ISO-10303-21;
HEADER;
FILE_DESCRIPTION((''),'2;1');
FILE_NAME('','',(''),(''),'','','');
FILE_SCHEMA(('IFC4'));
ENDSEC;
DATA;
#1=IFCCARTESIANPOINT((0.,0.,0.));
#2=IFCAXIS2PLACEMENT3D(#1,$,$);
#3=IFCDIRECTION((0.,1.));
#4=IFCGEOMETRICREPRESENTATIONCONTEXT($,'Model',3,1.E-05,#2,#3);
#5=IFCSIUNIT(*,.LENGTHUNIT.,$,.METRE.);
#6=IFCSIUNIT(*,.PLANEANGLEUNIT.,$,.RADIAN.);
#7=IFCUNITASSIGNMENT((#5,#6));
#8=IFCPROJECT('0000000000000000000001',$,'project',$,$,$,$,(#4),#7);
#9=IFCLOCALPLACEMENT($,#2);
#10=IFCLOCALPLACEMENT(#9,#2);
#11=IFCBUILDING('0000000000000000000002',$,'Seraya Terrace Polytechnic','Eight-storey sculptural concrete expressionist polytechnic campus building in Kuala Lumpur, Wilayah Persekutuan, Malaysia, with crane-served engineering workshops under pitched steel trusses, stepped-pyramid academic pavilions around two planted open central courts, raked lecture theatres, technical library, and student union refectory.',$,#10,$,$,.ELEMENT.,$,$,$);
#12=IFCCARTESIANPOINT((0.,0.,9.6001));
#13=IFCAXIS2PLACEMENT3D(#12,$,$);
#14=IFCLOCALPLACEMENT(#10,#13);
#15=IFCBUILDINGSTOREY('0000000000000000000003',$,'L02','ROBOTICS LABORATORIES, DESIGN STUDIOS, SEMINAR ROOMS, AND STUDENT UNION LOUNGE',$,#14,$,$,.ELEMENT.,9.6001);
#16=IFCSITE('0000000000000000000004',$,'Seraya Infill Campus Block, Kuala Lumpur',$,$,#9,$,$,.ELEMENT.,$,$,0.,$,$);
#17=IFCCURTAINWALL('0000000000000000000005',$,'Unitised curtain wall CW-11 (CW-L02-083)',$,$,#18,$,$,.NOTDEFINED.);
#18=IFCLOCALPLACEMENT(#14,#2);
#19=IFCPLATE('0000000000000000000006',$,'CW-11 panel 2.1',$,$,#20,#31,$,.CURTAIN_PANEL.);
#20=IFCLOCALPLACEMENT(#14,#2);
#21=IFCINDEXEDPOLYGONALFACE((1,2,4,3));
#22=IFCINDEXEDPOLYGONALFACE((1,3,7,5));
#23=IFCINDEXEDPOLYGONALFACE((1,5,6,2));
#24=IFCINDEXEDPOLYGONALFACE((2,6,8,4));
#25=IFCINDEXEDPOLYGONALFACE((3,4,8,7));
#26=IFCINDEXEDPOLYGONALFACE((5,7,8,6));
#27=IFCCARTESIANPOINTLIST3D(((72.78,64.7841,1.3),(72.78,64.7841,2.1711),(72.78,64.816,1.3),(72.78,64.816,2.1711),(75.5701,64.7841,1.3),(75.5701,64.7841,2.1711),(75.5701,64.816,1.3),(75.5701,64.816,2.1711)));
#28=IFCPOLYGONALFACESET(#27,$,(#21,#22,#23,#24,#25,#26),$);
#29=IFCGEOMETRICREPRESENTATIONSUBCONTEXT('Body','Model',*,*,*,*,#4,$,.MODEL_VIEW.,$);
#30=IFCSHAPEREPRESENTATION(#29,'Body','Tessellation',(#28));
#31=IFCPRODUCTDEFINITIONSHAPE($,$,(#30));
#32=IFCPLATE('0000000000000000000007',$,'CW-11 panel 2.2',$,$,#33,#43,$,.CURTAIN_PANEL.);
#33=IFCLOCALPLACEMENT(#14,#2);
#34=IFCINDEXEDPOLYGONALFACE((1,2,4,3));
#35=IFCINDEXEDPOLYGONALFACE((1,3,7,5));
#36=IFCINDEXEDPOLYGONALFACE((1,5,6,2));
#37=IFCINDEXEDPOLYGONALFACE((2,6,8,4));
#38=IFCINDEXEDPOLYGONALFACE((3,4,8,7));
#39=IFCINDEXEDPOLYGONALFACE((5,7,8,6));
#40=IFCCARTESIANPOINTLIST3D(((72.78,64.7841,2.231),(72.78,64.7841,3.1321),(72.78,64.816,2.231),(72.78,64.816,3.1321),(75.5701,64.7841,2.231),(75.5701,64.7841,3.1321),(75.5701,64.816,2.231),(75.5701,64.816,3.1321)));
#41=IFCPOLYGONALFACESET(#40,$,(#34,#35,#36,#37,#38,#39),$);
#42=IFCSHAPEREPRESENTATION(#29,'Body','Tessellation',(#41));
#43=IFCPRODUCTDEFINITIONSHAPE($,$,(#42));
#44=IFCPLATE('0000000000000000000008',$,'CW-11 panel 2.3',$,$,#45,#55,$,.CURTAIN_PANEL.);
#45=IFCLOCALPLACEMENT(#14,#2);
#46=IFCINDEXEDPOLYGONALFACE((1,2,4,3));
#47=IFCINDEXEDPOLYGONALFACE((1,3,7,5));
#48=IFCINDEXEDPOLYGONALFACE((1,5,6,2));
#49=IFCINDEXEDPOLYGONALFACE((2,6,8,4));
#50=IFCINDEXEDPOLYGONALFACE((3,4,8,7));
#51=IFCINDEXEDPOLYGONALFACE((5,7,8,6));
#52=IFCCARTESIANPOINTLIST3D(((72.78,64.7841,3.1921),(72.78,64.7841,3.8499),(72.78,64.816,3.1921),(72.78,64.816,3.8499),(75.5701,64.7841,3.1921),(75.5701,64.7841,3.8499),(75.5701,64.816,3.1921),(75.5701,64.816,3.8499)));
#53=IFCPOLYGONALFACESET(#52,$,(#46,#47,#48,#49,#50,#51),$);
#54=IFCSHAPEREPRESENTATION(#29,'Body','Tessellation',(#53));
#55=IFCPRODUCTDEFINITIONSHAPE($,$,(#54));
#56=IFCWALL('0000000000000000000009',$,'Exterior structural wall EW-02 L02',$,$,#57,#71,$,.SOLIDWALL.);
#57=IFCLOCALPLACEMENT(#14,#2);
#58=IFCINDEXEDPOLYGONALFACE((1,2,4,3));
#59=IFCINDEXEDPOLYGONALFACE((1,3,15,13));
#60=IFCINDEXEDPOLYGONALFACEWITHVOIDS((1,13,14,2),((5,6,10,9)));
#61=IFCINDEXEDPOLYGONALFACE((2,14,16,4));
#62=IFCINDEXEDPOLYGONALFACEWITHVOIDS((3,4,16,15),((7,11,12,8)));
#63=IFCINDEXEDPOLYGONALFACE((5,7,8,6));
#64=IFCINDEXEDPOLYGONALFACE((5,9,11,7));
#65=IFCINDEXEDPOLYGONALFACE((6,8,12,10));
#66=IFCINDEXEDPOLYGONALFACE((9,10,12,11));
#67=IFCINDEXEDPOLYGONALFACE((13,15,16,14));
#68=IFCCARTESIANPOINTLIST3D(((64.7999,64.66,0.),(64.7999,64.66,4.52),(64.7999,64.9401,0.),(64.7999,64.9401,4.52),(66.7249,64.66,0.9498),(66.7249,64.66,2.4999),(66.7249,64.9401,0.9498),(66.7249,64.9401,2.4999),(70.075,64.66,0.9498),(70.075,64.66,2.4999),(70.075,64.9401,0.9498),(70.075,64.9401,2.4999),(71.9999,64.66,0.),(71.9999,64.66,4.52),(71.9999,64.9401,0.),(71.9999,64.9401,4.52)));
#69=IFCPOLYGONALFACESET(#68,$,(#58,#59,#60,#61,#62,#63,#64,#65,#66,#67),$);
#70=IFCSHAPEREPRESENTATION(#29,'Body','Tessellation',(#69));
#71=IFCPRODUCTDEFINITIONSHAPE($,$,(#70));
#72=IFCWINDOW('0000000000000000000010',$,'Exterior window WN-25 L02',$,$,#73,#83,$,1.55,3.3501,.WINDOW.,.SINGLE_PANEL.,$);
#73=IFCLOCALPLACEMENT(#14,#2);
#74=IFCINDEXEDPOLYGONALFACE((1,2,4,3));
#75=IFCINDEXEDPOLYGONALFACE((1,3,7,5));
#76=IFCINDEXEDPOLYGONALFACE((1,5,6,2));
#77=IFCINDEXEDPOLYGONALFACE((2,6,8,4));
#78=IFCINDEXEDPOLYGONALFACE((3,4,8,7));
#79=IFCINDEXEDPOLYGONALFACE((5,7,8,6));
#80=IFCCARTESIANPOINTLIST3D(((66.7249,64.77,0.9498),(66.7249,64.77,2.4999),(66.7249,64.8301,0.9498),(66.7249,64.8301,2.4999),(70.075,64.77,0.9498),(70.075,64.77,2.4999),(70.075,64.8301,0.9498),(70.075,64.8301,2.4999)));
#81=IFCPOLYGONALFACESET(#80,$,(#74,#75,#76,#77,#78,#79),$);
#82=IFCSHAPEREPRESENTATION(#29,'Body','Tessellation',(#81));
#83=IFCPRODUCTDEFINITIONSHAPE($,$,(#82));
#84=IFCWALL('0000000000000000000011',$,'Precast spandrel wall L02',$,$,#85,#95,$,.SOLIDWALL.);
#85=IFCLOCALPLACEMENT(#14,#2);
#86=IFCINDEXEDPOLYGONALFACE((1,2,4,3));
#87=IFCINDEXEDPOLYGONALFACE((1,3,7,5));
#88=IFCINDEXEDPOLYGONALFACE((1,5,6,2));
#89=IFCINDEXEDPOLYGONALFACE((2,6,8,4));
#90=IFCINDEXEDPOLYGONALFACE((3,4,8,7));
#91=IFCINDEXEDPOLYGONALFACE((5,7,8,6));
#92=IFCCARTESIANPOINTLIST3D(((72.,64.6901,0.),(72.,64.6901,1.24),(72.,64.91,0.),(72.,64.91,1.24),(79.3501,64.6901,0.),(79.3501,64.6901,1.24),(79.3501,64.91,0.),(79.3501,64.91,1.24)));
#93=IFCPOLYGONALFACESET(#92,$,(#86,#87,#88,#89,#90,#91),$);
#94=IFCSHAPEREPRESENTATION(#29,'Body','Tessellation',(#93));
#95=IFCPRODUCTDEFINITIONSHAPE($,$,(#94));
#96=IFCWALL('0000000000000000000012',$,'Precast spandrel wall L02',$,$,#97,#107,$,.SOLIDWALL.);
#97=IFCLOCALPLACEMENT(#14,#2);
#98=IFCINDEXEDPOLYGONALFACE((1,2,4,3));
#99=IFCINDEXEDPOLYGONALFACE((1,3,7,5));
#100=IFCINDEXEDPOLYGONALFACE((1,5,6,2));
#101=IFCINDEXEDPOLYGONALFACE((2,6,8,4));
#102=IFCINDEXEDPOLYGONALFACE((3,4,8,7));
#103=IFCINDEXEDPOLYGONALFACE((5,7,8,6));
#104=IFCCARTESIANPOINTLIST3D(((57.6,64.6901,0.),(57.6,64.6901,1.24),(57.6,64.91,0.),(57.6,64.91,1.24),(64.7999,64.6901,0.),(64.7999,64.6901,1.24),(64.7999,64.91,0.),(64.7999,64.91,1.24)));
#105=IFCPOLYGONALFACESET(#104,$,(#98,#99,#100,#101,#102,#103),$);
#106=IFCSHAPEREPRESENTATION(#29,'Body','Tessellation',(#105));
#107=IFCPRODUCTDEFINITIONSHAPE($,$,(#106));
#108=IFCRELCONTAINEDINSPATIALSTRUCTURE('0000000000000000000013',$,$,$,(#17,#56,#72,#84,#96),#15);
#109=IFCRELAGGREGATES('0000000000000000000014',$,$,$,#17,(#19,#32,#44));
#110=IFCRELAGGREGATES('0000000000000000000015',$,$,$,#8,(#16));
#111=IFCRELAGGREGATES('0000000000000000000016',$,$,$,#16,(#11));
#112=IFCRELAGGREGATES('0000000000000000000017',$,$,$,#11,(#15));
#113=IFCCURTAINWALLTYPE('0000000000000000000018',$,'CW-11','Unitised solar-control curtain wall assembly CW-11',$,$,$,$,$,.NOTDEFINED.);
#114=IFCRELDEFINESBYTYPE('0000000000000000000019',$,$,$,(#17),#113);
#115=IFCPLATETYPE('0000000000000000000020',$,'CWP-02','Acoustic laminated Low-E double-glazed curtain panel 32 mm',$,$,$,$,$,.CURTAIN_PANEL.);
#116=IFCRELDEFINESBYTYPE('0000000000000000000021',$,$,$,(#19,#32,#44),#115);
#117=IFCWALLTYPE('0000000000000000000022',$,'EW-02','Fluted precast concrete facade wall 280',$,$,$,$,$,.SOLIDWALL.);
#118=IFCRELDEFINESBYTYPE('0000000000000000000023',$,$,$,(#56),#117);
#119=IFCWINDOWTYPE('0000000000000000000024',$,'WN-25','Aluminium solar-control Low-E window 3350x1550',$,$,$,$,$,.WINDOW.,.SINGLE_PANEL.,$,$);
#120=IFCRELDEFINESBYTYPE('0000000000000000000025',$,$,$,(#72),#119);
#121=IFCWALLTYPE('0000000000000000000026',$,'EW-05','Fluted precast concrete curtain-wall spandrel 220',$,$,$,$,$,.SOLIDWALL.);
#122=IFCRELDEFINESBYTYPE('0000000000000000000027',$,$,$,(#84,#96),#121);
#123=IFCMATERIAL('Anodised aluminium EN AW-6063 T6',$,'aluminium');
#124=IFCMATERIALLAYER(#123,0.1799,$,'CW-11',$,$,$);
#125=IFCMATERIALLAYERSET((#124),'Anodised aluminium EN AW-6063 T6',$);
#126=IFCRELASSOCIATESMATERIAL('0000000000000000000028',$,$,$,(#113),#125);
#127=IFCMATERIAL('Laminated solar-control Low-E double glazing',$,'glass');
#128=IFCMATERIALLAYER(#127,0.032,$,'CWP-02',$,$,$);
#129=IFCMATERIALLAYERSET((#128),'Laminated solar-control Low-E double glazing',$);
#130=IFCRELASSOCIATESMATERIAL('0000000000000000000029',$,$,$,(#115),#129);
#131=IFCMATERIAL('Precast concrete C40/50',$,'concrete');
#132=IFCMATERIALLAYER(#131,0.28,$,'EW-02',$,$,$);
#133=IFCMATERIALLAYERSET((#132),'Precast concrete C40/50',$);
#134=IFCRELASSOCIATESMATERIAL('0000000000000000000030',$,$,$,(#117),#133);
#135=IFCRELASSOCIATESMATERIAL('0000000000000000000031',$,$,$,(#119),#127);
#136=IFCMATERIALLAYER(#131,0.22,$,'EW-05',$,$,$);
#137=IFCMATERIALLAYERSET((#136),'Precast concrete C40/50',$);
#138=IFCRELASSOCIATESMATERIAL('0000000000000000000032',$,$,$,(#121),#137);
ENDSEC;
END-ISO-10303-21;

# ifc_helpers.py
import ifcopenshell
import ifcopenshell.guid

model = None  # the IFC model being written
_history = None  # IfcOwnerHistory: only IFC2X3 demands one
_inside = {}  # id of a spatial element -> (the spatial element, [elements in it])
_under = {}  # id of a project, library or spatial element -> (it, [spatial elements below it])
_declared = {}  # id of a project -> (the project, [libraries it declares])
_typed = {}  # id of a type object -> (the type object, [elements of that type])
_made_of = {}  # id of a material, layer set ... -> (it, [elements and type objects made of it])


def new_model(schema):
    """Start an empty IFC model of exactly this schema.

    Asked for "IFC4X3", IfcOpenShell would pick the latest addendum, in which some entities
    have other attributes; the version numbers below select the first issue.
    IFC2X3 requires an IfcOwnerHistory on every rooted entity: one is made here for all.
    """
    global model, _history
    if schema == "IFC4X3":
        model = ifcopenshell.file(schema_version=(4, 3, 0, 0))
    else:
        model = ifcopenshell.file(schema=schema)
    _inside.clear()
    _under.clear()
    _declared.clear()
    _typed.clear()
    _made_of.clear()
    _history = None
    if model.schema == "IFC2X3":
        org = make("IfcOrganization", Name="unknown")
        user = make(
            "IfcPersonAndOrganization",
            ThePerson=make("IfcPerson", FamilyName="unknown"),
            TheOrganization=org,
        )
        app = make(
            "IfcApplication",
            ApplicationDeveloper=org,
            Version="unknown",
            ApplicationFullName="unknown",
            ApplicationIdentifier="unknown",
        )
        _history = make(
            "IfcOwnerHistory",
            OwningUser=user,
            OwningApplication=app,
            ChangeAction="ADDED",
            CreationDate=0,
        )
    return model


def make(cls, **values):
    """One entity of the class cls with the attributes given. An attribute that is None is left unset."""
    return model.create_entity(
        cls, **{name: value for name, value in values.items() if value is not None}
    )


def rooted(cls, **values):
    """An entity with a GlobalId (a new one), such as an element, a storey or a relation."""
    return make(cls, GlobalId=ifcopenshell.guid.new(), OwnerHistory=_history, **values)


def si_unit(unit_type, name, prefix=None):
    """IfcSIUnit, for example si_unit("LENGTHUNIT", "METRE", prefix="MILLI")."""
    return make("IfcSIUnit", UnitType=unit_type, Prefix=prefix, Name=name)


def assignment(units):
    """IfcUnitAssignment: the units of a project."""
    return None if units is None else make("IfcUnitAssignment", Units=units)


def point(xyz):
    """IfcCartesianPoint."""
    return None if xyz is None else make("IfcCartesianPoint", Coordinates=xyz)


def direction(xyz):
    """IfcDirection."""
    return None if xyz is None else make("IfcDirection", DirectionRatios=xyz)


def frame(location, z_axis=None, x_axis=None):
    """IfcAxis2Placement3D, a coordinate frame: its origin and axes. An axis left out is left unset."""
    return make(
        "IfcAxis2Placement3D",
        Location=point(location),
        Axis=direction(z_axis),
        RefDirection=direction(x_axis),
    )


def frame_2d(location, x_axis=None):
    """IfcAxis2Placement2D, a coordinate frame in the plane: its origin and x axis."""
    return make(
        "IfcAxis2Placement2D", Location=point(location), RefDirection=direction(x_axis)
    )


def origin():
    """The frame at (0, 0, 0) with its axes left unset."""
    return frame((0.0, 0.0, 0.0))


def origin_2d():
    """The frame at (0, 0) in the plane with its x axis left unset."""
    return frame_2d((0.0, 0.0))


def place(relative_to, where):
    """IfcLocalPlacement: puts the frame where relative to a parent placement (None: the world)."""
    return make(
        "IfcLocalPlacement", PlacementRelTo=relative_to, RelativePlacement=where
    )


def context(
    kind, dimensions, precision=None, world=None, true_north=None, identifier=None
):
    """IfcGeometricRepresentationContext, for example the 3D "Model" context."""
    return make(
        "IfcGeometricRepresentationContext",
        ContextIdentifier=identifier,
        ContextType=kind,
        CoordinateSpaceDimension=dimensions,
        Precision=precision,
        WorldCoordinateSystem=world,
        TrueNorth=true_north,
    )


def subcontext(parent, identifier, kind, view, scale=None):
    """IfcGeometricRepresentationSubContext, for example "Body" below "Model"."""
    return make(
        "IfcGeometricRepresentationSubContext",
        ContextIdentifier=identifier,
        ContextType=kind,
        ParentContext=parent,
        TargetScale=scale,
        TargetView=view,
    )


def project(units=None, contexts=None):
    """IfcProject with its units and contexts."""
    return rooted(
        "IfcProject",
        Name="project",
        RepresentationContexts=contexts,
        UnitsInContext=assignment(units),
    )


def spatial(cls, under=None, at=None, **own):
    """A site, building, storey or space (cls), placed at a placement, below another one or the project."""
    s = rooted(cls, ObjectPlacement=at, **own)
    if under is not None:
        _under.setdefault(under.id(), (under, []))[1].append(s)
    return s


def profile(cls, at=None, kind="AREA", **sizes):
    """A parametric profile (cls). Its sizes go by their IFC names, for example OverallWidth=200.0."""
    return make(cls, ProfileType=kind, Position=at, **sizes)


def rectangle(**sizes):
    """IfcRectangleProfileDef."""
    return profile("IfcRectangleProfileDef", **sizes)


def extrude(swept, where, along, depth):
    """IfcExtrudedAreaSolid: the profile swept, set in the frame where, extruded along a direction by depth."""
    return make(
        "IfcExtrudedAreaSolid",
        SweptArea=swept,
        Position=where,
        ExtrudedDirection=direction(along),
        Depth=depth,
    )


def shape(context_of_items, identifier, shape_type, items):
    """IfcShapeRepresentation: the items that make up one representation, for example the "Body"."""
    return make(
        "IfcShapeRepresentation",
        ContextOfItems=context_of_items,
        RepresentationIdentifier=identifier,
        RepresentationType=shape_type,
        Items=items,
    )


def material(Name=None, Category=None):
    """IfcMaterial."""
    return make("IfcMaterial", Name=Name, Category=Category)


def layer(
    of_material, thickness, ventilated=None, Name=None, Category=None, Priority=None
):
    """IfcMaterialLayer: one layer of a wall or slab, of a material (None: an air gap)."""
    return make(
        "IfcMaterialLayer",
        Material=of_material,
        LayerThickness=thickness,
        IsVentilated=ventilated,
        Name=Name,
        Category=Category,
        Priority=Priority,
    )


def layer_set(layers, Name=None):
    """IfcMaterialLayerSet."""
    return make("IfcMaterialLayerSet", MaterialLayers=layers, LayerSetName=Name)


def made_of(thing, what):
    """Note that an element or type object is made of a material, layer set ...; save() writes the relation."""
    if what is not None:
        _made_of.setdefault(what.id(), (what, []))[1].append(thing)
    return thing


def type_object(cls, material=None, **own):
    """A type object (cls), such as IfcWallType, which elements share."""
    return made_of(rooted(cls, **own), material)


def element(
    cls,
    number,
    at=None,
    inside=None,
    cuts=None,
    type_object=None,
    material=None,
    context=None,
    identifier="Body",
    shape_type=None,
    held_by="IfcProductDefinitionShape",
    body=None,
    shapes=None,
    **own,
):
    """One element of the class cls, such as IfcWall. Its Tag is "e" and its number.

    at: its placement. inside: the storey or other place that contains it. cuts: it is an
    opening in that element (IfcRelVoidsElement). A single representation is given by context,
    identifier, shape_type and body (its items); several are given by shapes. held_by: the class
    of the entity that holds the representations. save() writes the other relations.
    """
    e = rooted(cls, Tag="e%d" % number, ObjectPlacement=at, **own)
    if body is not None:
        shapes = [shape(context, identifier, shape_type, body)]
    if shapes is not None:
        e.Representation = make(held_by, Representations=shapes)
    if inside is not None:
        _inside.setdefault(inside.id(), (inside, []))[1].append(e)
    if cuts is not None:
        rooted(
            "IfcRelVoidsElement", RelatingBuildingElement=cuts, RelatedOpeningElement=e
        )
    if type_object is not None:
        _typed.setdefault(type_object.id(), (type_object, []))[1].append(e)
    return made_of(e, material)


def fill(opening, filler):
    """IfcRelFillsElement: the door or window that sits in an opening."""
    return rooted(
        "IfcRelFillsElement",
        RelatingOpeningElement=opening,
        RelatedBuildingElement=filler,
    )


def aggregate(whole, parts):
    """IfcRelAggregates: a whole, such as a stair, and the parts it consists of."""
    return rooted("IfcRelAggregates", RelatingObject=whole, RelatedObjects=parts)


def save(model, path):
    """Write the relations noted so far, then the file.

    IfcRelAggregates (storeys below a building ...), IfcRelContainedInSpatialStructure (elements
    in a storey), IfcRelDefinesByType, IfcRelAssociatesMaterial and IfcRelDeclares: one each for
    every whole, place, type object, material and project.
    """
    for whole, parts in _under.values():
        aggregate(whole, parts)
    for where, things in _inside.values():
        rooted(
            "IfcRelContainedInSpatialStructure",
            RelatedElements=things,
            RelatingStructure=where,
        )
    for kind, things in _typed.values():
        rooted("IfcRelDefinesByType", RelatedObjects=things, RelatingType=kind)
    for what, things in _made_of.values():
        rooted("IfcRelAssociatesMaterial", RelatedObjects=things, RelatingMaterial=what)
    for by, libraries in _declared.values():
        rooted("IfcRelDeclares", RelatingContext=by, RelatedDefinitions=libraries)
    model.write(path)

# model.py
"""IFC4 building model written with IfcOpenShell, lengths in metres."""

from ifc_helpers import new_model, si_unit, direction, frame, frame_2d, origin, origin_2d, place, context, subcontext, project, spatial, rectangle, extrude, material, layer, layer_set, type_object, element, fill, aggregate, save


model = new_model("IFC4")

# Units and contexts
model_context = context("Model", 3, precision=1e-05, world=origin(), true_north=direction((0.0, 1.0)))
body_context = subcontext(model_context, "Body", "Model", "MODEL_VIEW")
ifc_project = project(units=[si_unit("LENGTHUNIT", "METRE"), si_unit("PLANEANGLEUNIT", "RADIAN")], contexts=[model_context])

# Site, building, storey
site_placement = place(None, origin())
site = spatial("IfcSite", under=ifc_project, at=site_placement, Name="Seraya Infill Campus Block, Kuala Lumpur", CompositionType="ELEMENT", RefElevation=0.0)
building_placement = place(site_placement, origin())
building = spatial("IfcBuilding", under=site, at=building_placement, Name="Seraya Terrace Polytechnic", Description="Eight-storey sculptural concrete expressionist polytechnic campus building in Kuala Lumpur, Wilayah Persekutuan, Malaysia, with crane-served engineering workshops under pitched steel trusses, stepped-pyramid academic pavilions around two planted open central courts, raked lecture theatres, technical library, and student union refectory.", CompositionType="ELEMENT")
storey_placement = place(building_placement, frame((0.0, 0.0, 9.6001)))
storey = spatial("IfcBuildingStorey", under=building, at=storey_placement, Name="L02", Description="ROBOTICS LABORATORIES, DESIGN STUDIOS, SEMINAR ROOMS, AND STUDENT UNION LOUNGE", CompositionType="ELEMENT", Elevation=9.6001)

# Curtain wall
ifc_material_1 = material(Name="Anodised aluminium EN AW-6063 T6", Category="aluminium")
ifc_layer_1 = layer(ifc_material_1, 0.1799, Name="CW-11")
ifc_layer_set_1 = layer_set([ifc_layer_1], Name="Anodised aluminium EN AW-6063 T6")
curtain_wall_type = type_object("IfcCurtainWallType", Name="CW-11", Description="Unitised solar-control curtain wall assembly CW-11", PredefinedType="NOTDEFINED", material=ifc_layer_set_1)
curtain_wall_placement = place(storey_placement, origin())
curtain_wall = element("IfcCurtainWall", 1, at=curtain_wall_placement, inside=storey, type_object=curtain_wall_type, Name="Unitised curtain wall CW-11 (CW-L02-083)", PredefinedType="NOTDEFINED")

# Plates
ifc_material_2 = material(Name="Laminated solar-control Low-E double glazing", Category="glass")
ifc_layer_2 = layer(ifc_material_2, 0.032, Name="CWP-02")
ifc_layer_set_2 = layer_set([ifc_layer_2], Name="Laminated solar-control Low-E double glazing")
plate_type = type_object("IfcPlateType", Name="CWP-02", Description="Acoustic laminated Low-E double-glazed curtain panel 32 mm", PredefinedType="CURTAIN_PANEL", material=ifc_layer_set_2)
plate_1_placement = place(storey_placement, frame((74.175, 64.8, 1.3), z_axis=(0.0, 0.0, 1.0), x_axis=(-1.0, 0.0, 0.0)))
plate_1 = element("IfcPlate", 2, at=plate_1_placement, type_object=plate_type, Name="CW-11 panel 2.1", PredefinedType="CURTAIN_PANEL", context=body_context, shape_type="SweptSolid", body=[
    extrude(rectangle(XDim=2.79, YDim=0.032, at=origin_2d()), origin(), (0.0, 0.0, 1.0), 0.8711),
])
plate_2_placement = place(storey_placement, frame((74.175, 64.8, 2.231), z_axis=(0.0, 0.0, 1.0), x_axis=(-1.0, 0.0, 0.0)))
plate_2 = element("IfcPlate", 3, at=plate_2_placement, type_object=plate_type, Name="CW-11 panel 2.2", PredefinedType="CURTAIN_PANEL", context=body_context, shape_type="SweptSolid", body=[
    extrude(rectangle(XDim=2.79, YDim=0.032, at=origin_2d()), origin(), (0.0, 0.0, 1.0), 0.9011),
])
plate_3_placement = place(storey_placement, frame((74.175, 64.8, 3.1921), z_axis=(0.0, 0.0, 1.0), x_axis=(-1.0, 0.0, 0.0)))
plate_3 = element("IfcPlate", 4, at=plate_3_placement, type_object=plate_type, Name="CW-11 panel 2.3", PredefinedType="CURTAIN_PANEL", context=body_context, shape_type="SweptSolid", body=[
    extrude(rectangle(XDim=2.79, YDim=0.032, at=origin_2d()), origin(), (0.0, 0.0, 1.0), 0.6577),
])
aggregate(curtain_wall, [plate_1, plate_2, plate_3])

# Wall, opening, window
ifc_material_3 = material(Name="Precast concrete C40/50", Category="concrete")
ifc_layer_3 = layer(ifc_material_3, 0.28, Name="EW-02")
ifc_layer_set_3 = layer_set([ifc_layer_3], Name="Precast concrete C40/50")
wall_type_1 = type_object("IfcWallType", Name="EW-02", Description="Fluted precast concrete facade wall 280", PredefinedType="SOLIDWALL", material=ifc_layer_set_3)
wall_1_placement = place(storey_placement, frame((72.0, 64.8, 0.0), z_axis=(0.0, 0.0, 1.0), x_axis=(-1.0, 0.0, 0.0)))
wall_1 = element("IfcWall", 5, at=wall_1_placement, inside=storey, type_object=wall_type_1, Name="Exterior structural wall EW-02 L02", PredefinedType="SOLIDWALL", context=body_context, shape_type="SweptSolid", body=[
    extrude(rectangle(XDim=7.2, YDim=0.28, at=frame_2d((3.6001, 0.0))), origin(), (0.0, 0.0, 1.0), 4.52),
])
opening_placement = place(wall_1_placement, frame((1.925, 0.0, 0.95)))
opening = element("IfcOpeningElement", 6, at=opening_placement, cuts=wall_1, PredefinedType="OPENING", context=body_context, shape_type="SweptSolid", body=[
    extrude(rectangle(XDim=3.3501, YDim=1.55, at=frame_2d((1.675, 0.7749))), frame((0.0, 0.1519, 0.0), z_axis=(0.0, -1.0, 0.0), x_axis=(1.0, 0.0, 0.0)), (0.0, 0.0, 1.0), 0.304),
])
window_type = type_object("IfcWindowType", Name="WN-25", Description="Aluminium solar-control Low-E window 3350x1550", PartitioningType="SINGLE_PANEL", PredefinedType="WINDOW", material=ifc_material_2)
window_placement = place(opening_placement, origin())
window = element("IfcWindow", 7, at=window_placement, inside=storey, type_object=window_type, Name="Exterior window WN-25 L02", OverallHeight=1.55, OverallWidth=3.3501, PartitioningType="SINGLE_PANEL", PredefinedType="WINDOW", context=body_context, shape_type="SweptSolid", body=[
    extrude(rectangle(XDim=3.3501, YDim=1.55, at=frame_2d((1.675, 0.7749))), frame((0.0, 0.03, 0.0), z_axis=(0.0, -1.0, 0.0), x_axis=(1.0, 0.0, 0.0)), (0.0, 0.0, 1.0), 0.0601),
])
fill(opening, window)

# Walls
ifc_layer_4 = layer(ifc_material_3, 0.22, Name="EW-05")
ifc_layer_set_4 = layer_set([ifc_layer_4], Name="Precast concrete C40/50")
wall_type_2 = type_object("IfcWallType", Name="EW-05", Description="Fluted precast concrete curtain-wall spandrel 220", PredefinedType="SOLIDWALL", material=ifc_layer_set_4)
wall_2_placement = place(storey_placement, frame((79.3501, 64.8, 0.0), z_axis=(0.0, 0.0, 1.0), x_axis=(-1.0, 0.0, 0.0)))
element("IfcWall", 8, at=wall_2_placement, inside=storey, type_object=wall_type_2, Name="Precast spandrel wall L02", PredefinedType="SOLIDWALL", context=body_context, shape_type="SweptSolid", body=[
    extrude(rectangle(XDim=7.3501, YDim=0.22, at=frame_2d((3.675, 0.0))), origin(), (0.0, 0.0, 1.0), 1.24),
])
wall_3_placement = place(storey_placement, frame((64.8, 64.8, 0.0), z_axis=(0.0, 0.0, 1.0), x_axis=(-1.0, 0.0, 0.0)))
element("IfcWall", 9, at=wall_3_placement, inside=storey, type_object=wall_type_2, Name="Precast spandrel wall L02", PredefinedType="SOLIDWALL", context=body_context, shape_type="SweptSolid", body=[
    extrude(rectangle(XDim=7.2, YDim=0.22, at=frame_2d((3.6001, 0.0))), origin(), (0.0, 0.0, 1.0), 1.24),
])

save(model, "model.ifc")
